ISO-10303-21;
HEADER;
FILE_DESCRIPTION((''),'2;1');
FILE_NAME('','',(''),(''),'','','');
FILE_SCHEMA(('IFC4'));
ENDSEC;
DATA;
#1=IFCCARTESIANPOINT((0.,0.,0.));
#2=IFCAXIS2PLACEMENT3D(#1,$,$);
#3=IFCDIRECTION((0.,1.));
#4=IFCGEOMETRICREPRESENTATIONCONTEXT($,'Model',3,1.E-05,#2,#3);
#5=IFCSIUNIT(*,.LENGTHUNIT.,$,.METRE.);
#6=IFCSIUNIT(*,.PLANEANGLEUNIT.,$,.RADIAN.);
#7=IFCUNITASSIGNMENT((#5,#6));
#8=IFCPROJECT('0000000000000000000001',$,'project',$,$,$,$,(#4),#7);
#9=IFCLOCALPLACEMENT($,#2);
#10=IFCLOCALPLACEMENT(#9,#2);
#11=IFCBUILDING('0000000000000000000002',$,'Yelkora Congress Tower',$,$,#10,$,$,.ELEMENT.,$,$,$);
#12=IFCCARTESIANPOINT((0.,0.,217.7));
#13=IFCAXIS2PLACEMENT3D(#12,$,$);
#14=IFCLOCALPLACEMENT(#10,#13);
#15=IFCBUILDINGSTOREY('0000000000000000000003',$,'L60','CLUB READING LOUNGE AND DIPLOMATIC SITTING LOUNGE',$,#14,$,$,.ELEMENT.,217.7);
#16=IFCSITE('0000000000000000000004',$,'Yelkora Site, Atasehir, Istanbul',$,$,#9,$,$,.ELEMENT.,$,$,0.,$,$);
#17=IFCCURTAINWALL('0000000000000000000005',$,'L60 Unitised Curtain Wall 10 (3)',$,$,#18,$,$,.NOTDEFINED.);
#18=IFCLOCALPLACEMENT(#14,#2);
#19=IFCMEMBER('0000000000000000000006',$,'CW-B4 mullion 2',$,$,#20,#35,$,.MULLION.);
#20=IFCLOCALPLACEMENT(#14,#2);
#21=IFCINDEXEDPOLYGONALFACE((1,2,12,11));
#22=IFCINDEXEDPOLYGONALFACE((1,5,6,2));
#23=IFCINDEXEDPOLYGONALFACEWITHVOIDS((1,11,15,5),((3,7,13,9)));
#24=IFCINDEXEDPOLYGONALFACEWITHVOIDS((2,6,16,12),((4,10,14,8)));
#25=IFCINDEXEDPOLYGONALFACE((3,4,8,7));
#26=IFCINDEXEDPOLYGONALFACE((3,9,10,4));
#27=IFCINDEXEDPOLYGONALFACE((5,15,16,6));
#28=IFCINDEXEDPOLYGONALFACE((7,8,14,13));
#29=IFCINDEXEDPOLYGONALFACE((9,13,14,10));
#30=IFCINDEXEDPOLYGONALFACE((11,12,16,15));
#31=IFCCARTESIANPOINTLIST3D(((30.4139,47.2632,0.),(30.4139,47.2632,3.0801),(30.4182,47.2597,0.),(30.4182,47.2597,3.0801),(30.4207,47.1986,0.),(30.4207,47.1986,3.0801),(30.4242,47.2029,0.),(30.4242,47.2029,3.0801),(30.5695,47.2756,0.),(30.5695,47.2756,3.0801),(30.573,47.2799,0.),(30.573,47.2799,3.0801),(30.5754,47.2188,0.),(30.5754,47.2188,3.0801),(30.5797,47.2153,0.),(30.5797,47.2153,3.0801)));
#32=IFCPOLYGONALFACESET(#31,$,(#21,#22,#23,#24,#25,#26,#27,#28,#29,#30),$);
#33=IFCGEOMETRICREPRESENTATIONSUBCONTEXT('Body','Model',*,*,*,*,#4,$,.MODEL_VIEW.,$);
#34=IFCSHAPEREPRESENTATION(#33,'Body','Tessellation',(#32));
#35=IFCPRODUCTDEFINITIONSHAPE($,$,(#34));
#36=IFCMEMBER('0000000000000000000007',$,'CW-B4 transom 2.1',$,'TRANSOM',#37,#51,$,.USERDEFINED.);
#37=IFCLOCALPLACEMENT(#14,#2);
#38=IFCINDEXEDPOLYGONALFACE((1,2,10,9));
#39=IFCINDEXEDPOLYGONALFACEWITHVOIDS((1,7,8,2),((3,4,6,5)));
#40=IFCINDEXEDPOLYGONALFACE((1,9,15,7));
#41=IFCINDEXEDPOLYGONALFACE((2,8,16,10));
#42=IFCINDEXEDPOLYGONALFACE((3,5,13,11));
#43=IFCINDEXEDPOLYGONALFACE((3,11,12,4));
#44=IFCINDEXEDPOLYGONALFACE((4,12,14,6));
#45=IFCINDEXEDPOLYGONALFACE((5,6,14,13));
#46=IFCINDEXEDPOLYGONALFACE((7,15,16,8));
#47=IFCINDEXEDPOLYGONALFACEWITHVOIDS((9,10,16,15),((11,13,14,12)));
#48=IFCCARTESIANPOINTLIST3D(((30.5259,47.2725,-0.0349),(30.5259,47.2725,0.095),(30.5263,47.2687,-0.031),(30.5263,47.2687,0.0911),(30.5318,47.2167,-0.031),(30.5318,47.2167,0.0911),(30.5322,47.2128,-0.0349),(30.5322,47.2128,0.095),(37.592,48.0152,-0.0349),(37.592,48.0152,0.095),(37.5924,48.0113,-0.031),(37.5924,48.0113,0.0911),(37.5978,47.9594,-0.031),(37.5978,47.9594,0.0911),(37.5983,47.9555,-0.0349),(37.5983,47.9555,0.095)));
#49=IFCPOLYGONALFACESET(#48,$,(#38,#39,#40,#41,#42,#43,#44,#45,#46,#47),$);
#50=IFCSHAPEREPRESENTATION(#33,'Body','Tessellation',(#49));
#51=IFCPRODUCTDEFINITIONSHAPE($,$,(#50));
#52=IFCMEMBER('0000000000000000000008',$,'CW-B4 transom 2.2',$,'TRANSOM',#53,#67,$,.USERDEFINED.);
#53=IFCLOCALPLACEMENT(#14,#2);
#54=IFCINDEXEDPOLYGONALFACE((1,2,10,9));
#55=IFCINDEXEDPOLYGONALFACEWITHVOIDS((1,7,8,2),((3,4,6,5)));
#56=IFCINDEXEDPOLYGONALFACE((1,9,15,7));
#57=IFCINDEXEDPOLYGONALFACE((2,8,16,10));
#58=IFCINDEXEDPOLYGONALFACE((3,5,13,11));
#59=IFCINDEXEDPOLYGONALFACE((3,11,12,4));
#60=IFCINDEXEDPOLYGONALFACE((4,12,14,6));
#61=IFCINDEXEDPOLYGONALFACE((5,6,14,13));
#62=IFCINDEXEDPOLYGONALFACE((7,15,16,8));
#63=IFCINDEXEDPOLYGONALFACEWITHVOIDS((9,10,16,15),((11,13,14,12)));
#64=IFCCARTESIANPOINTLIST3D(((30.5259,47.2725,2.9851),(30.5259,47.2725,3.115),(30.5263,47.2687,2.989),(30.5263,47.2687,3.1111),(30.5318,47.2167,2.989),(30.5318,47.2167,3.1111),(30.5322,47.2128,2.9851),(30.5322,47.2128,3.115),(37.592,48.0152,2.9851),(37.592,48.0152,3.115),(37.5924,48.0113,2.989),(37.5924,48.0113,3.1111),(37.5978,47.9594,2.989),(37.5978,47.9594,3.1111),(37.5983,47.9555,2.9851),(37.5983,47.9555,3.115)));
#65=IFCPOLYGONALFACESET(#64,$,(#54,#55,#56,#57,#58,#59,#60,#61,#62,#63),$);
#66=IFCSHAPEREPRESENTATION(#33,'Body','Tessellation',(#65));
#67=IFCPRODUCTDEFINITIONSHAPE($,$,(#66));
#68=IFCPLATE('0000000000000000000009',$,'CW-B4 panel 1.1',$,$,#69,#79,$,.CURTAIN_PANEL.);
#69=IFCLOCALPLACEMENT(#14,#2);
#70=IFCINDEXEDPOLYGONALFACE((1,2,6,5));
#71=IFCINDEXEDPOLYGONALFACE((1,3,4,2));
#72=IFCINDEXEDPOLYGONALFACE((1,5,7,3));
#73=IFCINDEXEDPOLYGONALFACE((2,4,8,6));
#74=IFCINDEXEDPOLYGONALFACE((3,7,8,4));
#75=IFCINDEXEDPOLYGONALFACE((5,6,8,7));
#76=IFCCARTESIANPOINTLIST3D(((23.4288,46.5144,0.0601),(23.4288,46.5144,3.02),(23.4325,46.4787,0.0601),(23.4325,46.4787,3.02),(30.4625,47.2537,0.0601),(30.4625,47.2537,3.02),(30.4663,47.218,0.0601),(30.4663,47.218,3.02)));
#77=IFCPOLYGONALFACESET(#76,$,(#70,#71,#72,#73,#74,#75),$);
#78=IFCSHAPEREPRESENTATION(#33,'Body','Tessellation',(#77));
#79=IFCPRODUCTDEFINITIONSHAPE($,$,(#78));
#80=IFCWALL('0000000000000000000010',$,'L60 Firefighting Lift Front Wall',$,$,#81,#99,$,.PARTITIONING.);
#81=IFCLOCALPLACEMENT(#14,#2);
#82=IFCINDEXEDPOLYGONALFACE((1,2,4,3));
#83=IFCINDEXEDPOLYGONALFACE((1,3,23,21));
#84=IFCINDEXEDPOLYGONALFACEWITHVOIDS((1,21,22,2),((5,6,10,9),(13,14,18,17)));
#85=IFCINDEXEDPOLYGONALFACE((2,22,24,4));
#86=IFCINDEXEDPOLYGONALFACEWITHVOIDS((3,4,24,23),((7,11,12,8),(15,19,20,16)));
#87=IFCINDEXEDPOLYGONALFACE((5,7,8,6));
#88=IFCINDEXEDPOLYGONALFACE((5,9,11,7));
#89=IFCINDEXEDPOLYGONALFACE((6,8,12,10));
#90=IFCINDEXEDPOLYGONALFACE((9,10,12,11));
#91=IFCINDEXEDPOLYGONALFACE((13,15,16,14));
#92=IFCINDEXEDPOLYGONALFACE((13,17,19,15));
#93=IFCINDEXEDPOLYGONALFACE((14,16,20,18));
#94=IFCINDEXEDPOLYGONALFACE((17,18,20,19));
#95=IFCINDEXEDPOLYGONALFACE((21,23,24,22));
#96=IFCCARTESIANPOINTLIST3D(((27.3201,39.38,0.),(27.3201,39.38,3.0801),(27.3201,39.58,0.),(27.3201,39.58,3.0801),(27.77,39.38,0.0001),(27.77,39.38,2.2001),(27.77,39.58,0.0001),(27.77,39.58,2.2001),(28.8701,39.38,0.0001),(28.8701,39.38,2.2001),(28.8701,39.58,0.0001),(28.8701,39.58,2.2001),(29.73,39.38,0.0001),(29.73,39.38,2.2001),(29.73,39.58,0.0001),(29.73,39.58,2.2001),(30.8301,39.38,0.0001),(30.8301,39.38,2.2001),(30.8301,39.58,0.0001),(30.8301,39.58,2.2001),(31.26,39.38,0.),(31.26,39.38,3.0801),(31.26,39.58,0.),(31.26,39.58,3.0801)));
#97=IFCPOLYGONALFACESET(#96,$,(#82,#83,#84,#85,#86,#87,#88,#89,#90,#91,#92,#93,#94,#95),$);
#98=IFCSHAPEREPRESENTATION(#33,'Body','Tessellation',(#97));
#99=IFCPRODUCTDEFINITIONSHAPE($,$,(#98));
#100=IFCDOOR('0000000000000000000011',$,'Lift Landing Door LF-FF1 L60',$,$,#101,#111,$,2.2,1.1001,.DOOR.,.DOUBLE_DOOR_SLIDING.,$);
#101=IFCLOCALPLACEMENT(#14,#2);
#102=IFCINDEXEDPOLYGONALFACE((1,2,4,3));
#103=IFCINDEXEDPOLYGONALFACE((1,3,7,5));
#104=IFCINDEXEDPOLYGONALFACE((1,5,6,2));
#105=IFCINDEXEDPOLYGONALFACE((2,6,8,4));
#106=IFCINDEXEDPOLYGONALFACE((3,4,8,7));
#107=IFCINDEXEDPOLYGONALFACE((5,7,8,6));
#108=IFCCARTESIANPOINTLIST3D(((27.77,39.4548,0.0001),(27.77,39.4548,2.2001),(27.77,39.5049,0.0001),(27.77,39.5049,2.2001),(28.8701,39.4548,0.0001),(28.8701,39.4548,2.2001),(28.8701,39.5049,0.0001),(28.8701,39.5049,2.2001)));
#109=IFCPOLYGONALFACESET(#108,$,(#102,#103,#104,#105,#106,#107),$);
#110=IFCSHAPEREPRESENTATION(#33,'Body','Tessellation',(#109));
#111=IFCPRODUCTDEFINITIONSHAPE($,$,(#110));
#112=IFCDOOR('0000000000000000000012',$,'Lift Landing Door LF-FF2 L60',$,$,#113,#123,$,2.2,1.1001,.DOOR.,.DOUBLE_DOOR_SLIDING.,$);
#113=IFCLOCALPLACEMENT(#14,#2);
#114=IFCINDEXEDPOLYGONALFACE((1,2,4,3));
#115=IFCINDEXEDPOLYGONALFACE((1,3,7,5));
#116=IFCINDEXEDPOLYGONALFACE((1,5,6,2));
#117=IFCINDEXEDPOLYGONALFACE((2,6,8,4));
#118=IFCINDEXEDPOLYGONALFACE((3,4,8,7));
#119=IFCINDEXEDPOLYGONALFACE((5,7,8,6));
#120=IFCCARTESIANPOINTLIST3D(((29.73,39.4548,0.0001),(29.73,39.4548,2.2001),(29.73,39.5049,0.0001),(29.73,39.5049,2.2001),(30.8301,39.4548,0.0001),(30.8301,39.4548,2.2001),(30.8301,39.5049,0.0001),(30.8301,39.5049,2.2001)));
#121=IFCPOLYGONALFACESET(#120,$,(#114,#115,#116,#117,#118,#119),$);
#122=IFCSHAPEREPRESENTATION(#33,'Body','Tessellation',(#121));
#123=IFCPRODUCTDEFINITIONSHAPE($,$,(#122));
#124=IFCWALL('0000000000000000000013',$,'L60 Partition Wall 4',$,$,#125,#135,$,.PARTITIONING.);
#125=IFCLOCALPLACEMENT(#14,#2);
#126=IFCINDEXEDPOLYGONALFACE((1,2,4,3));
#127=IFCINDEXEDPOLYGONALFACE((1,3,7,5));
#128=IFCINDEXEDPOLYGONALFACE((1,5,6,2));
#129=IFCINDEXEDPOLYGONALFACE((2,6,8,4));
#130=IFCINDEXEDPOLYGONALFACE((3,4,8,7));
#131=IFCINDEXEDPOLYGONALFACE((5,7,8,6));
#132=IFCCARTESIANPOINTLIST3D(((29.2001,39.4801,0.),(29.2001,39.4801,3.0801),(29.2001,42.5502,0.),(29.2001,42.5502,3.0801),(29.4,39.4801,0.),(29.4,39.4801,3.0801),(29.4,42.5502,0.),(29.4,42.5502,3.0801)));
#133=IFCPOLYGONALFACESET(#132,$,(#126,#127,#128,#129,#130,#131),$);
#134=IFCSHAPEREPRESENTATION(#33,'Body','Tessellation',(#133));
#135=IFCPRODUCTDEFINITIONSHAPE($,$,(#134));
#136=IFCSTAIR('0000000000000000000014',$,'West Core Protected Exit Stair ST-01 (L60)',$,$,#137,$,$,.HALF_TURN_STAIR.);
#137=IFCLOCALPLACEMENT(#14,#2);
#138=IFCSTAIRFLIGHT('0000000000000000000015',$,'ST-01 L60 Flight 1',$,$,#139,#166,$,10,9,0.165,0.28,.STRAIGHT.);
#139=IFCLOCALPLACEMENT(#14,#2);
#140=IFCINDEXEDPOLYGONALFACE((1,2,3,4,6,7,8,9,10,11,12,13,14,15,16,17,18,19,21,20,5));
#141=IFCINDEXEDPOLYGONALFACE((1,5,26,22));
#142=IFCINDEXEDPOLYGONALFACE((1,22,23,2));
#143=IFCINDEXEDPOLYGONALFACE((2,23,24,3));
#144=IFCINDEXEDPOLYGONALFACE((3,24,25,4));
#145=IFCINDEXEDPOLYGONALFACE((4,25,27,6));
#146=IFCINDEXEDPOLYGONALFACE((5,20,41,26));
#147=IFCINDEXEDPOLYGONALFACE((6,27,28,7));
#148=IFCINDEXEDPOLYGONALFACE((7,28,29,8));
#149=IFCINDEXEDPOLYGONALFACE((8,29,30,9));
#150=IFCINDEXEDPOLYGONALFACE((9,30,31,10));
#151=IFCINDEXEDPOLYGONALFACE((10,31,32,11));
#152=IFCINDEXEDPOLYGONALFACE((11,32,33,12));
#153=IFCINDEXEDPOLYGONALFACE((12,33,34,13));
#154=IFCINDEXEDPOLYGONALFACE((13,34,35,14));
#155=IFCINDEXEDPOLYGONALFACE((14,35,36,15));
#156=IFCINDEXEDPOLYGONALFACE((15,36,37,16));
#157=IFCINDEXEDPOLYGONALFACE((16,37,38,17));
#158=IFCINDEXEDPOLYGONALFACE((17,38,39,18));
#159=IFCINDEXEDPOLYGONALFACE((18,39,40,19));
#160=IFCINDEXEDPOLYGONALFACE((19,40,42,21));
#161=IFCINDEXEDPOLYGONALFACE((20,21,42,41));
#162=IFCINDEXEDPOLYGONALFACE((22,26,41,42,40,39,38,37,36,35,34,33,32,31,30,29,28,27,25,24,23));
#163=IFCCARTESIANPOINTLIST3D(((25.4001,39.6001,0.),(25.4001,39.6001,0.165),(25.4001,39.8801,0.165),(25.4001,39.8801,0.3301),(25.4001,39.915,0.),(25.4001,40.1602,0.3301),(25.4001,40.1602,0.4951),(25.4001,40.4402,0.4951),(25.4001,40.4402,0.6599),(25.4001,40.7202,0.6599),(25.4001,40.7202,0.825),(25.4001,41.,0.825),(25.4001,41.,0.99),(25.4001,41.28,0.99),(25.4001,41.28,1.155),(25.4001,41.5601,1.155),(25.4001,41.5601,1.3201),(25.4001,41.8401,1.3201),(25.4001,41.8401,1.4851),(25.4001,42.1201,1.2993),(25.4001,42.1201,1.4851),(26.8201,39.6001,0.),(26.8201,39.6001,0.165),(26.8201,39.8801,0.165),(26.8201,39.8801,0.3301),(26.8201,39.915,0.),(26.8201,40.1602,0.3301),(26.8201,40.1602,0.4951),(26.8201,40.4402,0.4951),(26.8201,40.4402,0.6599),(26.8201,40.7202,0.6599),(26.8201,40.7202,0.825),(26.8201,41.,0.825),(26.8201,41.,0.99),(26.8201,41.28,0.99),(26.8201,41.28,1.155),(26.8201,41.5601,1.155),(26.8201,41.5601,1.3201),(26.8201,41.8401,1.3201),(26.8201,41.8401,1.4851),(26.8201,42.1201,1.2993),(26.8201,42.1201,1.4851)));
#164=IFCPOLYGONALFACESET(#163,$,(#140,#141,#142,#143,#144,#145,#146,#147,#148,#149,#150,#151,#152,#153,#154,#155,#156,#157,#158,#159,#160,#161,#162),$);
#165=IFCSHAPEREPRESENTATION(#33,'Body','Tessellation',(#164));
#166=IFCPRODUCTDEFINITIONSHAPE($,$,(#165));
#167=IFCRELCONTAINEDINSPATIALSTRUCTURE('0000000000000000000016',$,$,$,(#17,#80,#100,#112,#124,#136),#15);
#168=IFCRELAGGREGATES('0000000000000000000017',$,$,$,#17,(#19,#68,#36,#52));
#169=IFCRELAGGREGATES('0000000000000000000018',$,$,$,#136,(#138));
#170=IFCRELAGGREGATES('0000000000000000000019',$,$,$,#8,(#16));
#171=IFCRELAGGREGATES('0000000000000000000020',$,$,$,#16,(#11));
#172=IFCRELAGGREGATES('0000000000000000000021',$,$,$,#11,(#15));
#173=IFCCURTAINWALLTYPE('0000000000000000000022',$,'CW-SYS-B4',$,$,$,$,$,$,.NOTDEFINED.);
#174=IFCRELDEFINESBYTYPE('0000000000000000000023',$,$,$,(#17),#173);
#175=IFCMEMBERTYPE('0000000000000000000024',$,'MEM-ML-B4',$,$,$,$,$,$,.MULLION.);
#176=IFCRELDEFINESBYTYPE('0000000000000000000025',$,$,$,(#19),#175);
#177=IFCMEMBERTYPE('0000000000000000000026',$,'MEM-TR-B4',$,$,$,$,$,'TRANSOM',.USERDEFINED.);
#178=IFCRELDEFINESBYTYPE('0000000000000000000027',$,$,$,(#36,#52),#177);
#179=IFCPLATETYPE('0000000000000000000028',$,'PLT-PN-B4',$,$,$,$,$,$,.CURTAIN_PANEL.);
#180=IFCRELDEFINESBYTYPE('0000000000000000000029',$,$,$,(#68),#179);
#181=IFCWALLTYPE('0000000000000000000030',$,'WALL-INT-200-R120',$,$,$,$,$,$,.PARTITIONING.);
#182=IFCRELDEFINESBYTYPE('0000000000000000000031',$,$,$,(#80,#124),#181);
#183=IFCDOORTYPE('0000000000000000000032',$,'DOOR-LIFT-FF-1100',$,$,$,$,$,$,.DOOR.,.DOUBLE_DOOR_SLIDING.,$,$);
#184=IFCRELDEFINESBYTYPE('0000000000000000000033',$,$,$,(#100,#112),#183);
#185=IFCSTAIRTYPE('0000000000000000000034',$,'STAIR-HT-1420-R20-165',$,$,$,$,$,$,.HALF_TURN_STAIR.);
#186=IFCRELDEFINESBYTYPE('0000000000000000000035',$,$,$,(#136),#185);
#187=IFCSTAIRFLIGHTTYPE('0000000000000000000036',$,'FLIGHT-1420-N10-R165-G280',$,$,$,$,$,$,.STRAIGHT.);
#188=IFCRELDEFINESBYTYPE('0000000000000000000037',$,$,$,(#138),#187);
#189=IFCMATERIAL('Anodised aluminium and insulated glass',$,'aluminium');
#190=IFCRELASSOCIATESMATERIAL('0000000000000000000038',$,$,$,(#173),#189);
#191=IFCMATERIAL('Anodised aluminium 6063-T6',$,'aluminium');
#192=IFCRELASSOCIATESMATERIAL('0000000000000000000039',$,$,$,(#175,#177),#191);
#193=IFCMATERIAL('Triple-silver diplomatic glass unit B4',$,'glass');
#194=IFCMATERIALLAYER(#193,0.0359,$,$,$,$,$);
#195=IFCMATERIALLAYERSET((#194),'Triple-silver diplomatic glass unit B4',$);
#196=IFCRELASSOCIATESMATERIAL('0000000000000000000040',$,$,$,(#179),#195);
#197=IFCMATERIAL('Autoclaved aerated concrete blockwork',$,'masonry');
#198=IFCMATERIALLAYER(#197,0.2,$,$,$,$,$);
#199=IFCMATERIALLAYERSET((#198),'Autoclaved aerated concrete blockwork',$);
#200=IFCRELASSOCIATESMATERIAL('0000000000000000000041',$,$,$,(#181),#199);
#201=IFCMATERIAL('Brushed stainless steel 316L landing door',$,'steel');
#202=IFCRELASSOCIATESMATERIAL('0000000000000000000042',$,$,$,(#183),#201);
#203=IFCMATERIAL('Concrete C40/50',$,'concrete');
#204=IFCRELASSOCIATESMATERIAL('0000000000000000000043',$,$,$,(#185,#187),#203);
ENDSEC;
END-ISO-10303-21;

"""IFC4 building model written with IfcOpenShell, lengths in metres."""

from ifc_helpers import new_model, si_unit, direction, frame, frame_2d, origin, origin_2d, place, context, subcontext, project, spatial, polyline, rectangle, hollow_rectangle, outline, extrude, material, layer, layer_set, material_profile, profile_set, type_object, element, fill, aggregate, save


model = new_model("IFC4")

# Units and contexts
model_context = context("Model", 3, precision=1e-05, world=origin(), true_north=direction((0.0, 1.0)))
body_context = subcontext(model_context, "Body", "Model", "MODEL_VIEW")
ifc_project = project(units=[si_unit("LENGTHUNIT", "METRE"), si_unit("PLANEANGLEUNIT", "RADIAN")], contexts=[model_context])

# Site, building, storey
site_placement = place(None, origin())
site = spatial("IfcSite", under=ifc_project, at=site_placement, Name="Yelkora Site, Atasehir, Istanbul", CompositionType="ELEMENT", RefElevation=0.0)
building_placement = place(site_placement, origin())
building = spatial("IfcBuilding", under=site, at=building_placement, Name="Yelkora Congress Tower", CompositionType="ELEMENT")
storey_placement = place(building_placement, frame((0.0, 0.0, 217.7)))
storey = spatial("IfcBuildingStorey", under=building, at=storey_placement, Name="L60", Description="CLUB READING LOUNGE AND DIPLOMATIC SITTING LOUNGE", CompositionType="ELEMENT", Elevation=217.7)

# Curtain wall, members, plate
ifc_material_1 = material(Name="Anodised aluminium and insulated glass", Category="aluminium")
curtain_wall_type = type_object("IfcCurtainWallType", Name="CW-SYS-B4", PredefinedType="NOTDEFINED", material=ifc_material_1)
curtain_wall_placement = place(storey_placement, origin())
curtain_wall = element("IfcCurtainWall", 1, at=curtain_wall_placement, inside=storey, type_object=curtain_wall_type, Name="L60 Unitised Curtain Wall 10 (3)", PredefinedType="NOTDEFINED")
ifc_material_2 = material(Name="Anodised aluminium 6063-T6", Category="aluminium")
ifc_material_profile_1 = material_profile(ifc_material_2, hollow_rectangle(XDim=0.0649, YDim=0.1599, WallThickness=0.0039, at=origin_2d()), Name="ALU 65x160x4")
ifc_profile_set_1 = profile_set([ifc_material_profile_1], Name="Anodised aluminium 6063-T6")
member_type_1 = type_object("IfcMemberType", Name="MEM-ML-B4", PredefinedType="MULLION", material=ifc_profile_set_1)
member_1_placement = place(storey_placement, frame((30.4968, 47.2393, 0.0), z_axis=(0.0, 0.0, 1.0), x_axis=(-0.104528, 0.994522, 0.0)))
member_1 = element("IfcMember", 2, at=member_1_placement, type_object=member_type_1, Name="CW-B4 mullion 2", PredefinedType="MULLION", context=body_context, shape_type="SweptSolid", body=[
    extrude(hollow_rectangle(XDim=0.0649, YDim=0.1599, WallThickness=0.0039, at=origin_2d()), origin(), (0.0, 0.0, 1.0), 3.0801),
])
ifc_material_profile_2 = material_profile(ifc_material_2, hollow_rectangle(XDim=0.0601, YDim=0.1299, WallThickness=0.0039, at=origin_2d()), Name="ALU 60x130x4")
ifc_profile_set_2 = profile_set([ifc_material_profile_2], Name="Anodised aluminium 6063-T6")
member_type_2 = type_object("IfcMemberType", Name="MEM-TR-B4", ElementType="TRANSOM", PredefinedType="USERDEFINED", material=ifc_profile_set_2)
member_2_placement = place(storey_placement, frame((30.5291, 47.2427, 0.03), z_axis=(0.994522, 0.104527, 0.0), x_axis=(-0.104527, 0.994522, 0.0)))
member_2 = element("IfcMember", 3, at=member_2_placement, type_object=member_type_2, Name="CW-B4 transom 2.1", ObjectType="TRANSOM", PredefinedType="USERDEFINED", context=body_context, shape_type="SweptSolid", body=[
    extrude(hollow_rectangle(XDim=0.0601, YDim=0.1299, WallThickness=0.0039, at=origin_2d()), origin(), (0.0, 0.0, 1.0), 7.105),
])
member_3_placement = place(storey_placement, frame((30.5291, 47.2427, 3.05), z_axis=(0.994522, 0.104527, 0.0), x_axis=(-0.104527, 0.994522, 0.0)))
member_3 = element("IfcMember", 4, at=member_3_placement, type_object=member_type_2, Name="CW-B4 transom 2.2", ObjectType="TRANSOM", PredefinedType="USERDEFINED", context=body_context, shape_type="SweptSolid", body=[
    extrude(hollow_rectangle(XDim=0.0601, YDim=0.1299, WallThickness=0.0039, at=origin_2d()), origin(), (0.0, 0.0, 1.0), 7.105),
])
ifc_material_3 = material(Name="Triple-silver diplomatic glass unit B4", Category="glass")
ifc_layer_1 = layer(ifc_material_3, 0.0359)
ifc_layer_set_1 = layer_set([ifc_layer_1], Name="Triple-silver diplomatic glass unit B4")
plate_type = type_object("IfcPlateType", Name="PLT-PN-B4", PredefinedType="CURTAIN_PANEL", material=ifc_layer_set_1)
plate_placement = place(storey_placement, frame((26.9475, 46.8662, 0.0601), z_axis=(0.0, 0.0, 1.0), x_axis=(0.994522, 0.104528, 0.0)))
plate = element("IfcPlate", 5, at=plate_placement, type_object=plate_type, Name="CW-B4 panel 1.1", PredefinedType="CURTAIN_PANEL", context=body_context, shape_type="SweptSolid", body=[
    extrude(rectangle(XDim=7.0725, YDim=0.0359, at=origin_2d()), origin(), (0.0, 0.0, 1.0), 2.96),
])
aggregate(curtain_wall, [member_1, plate, member_2, member_3])

# Shared definitions
ifc_material_4 = material(Name="Autoclaved aerated concrete blockwork", Category="masonry")
ifc_layer_2 = layer(ifc_material_4, 0.2)
ifc_layer_set_2 = layer_set([ifc_layer_2], Name="Autoclaved aerated concrete blockwork")
wall_type_1 = type_object("IfcWallType", Name="WALL-INT-200-R120", PredefinedType="PARTITIONING", material=ifc_layer_set_2)

# Wall, openings, doors
wall_1_placement = place(storey_placement, frame((27.3201, 39.48, 0.0), z_axis=(0.0, 0.0, 1.0), x_axis=(1.0, 0.0, 0.0)))
wall_1 = element("IfcWall", 6, at=wall_1_placement, inside=storey, type_object=wall_type_1, Name="L60 Firefighting Lift Front Wall", PredefinedType="PARTITIONING", context=body_context, shape_type="SweptSolid", body=[
    extrude(rectangle(XDim=3.9399, YDim=0.2, at=frame_2d((1.97, 0.0))), origin(), (0.0, 0.0, 1.0), 3.0801),
])
opening_1_placement = place(wall_1_placement, frame((0.45, 0.0, 0.0)))
opening_1 = element("IfcOpeningElement", 7, at=opening_1_placement, cuts=wall_1, PredefinedType="OPENING", context=body_context, shape_type="SweptSolid", body=[
    extrude(rectangle(XDim=1.1001, YDim=2.2, at=frame_2d((0.55, 1.1001))), frame((0.0, 0.1099, 0.0), z_axis=(0.0, -1.0, 0.0), x_axis=(1.0, 0.0, 0.0)), (0.0, 0.0, 1.0), 0.22),
])
opening_2_placement = place(wall_1_placement, frame((2.4099, 0.0, 0.0)))
opening_2 = element("IfcOpeningElement", 8, at=opening_2_placement, cuts=wall_1, PredefinedType="OPENING", context=body_context, shape_type="SweptSolid", body=[
    extrude(rectangle(XDim=1.1001, YDim=2.2, at=frame_2d((0.55, 1.1001))), frame((0.0, 0.1099, 0.0), z_axis=(0.0, -1.0, 0.0), x_axis=(1.0, 0.0, 0.0)), (0.0, 0.0, 1.0), 0.22),
])
ifc_material_5 = material(Name="Brushed stainless steel 316L landing door", Category="steel")
door_type_1 = type_object("IfcDoorType", Name="DOOR-LIFT-FF-1100", OperationType="DOUBLE_DOOR_SLIDING", PredefinedType="DOOR", material=ifc_material_5)
door_1_placement = place(opening_1_placement, origin())
door_1 = element("IfcDoor", 9, at=door_1_placement, inside=storey, type_object=door_type_1, Name="Lift Landing Door LF-FF1 L60", OperationType="DOUBLE_DOOR_SLIDING", OverallHeight=2.2, OverallWidth=1.1001, PredefinedType="DOOR", context=body_context, shape_type="SweptSolid", body=[
    extrude(rectangle(XDim=1.1001, YDim=2.2, at=frame_2d((0.55, 1.1001))), frame((0.0, 0.0249, 0.0), z_axis=(0.0, -1.0, 0.0), x_axis=(1.0, 0.0, 0.0)), (0.0, 0.0, 1.0), 0.05),
])
fill(opening_1, door_1)
door_2_placement = place(opening_2_placement, origin())
door_2 = element("IfcDoor", 10, at=door_2_placement, inside=storey, type_object=door_type_1, Name="Lift Landing Door LF-FF2 L60", OperationType="DOUBLE_DOOR_SLIDING", OverallHeight=2.2, OverallWidth=1.1001, PredefinedType="DOOR", context=body_context, shape_type="SweptSolid", body=[
    extrude(rectangle(XDim=1.1001, YDim=2.2, at=frame_2d((0.55, 1.1001))), frame((0.0, 0.0249, 0.0), z_axis=(0.0, -1.0, 0.0), x_axis=(1.0, 0.0, 0.0)), (0.0, 0.0, 1.0), 0.05),
])
fill(opening_2, door_2)

# Wall
wall_2_placement = place(storey_placement, frame((29.3, 39.48, 0.0), z_axis=(0.0, 0.0, 1.0), x_axis=(0.0, 1.0, 0.0)))
element("IfcWall", 11, at=wall_2_placement, inside=storey, type_object=wall_type_1, Name="L60 Partition Wall 4", PredefinedType="PARTITIONING", context=body_context, shape_type="SweptSolid", body=[
    extrude(rectangle(XDim=3.0701, YDim=0.2, at=frame_2d((1.5352, 0.0))), origin(), (0.0, 0.0, 1.0), 3.0801),
])

# Stair, stair flight
ifc_material_6 = material(Name="Concrete C40/50", Category="concrete")
stair_type = type_object("IfcStairType", Name="STAIR-HT-1420-R20-165", PredefinedType="HALF_TURN_STAIR", material=ifc_material_6)
stair_placement = place(storey_placement, origin())
stair = element("IfcStair", 12, at=stair_placement, inside=storey, type_object=stair_type, Name="West Core Protected Exit Stair ST-01 (L60)", PredefinedType="HALF_TURN_STAIR")
stair_flight_type = type_object("IfcStairFlightType", Name="FLIGHT-1420-N10-R165-G280", PredefinedType="STRAIGHT", material=ifc_material_6)
stair_flight_1_placement = place(storey_placement, frame((26.1101, 39.6001, 0.0), z_axis=(0.0, 0.0, 1.0), x_axis=(0.0, 1.0, 0.0)))
stair_flight_1 = element("IfcStairFlight", 13, at=stair_flight_1_placement, type_object=stair_flight_type, Name="ST-01 L60 Flight 1", NumberOfRisers=10, NumberOfTreads=9, PredefinedType="STRAIGHT", RiserHeight=0.165, TreadLength=0.28, context=body_context, shape_type="SweptSolid", body=[
    extrude(outline(polyline([(0.0, 0.0), (0.0, 0.165), (0.28, 0.165), (0.28, 0.3301), (0.5601, 0.3301), (0.5601, 0.4951), (0.8401, 0.4951), (0.8401, 0.6599), (1.1201, 0.6599), (1.1201, 0.825), (1.3999, 0.825), (1.3999, 0.99), (1.6799, 0.99), (1.6799, 1.155), (1.96, 1.155), (1.96, 1.3201), (2.24, 1.3201), (2.24, 1.4851), (2.52, 1.4851), (2.52, 1.6499), (2.52, 1.2993), (0.3149, 0.0), (0.0, 0.0)])), frame((0.0, 0.71, 0.0), z_axis=(0.0, -1.0, 0.0), x_axis=(1.0, 0.0, 0.0)), (0.0, 0.0, 1.0), 1.4199),
])
aggregate(stair, [stair_flight_1])

save(model, "model.ifc")
